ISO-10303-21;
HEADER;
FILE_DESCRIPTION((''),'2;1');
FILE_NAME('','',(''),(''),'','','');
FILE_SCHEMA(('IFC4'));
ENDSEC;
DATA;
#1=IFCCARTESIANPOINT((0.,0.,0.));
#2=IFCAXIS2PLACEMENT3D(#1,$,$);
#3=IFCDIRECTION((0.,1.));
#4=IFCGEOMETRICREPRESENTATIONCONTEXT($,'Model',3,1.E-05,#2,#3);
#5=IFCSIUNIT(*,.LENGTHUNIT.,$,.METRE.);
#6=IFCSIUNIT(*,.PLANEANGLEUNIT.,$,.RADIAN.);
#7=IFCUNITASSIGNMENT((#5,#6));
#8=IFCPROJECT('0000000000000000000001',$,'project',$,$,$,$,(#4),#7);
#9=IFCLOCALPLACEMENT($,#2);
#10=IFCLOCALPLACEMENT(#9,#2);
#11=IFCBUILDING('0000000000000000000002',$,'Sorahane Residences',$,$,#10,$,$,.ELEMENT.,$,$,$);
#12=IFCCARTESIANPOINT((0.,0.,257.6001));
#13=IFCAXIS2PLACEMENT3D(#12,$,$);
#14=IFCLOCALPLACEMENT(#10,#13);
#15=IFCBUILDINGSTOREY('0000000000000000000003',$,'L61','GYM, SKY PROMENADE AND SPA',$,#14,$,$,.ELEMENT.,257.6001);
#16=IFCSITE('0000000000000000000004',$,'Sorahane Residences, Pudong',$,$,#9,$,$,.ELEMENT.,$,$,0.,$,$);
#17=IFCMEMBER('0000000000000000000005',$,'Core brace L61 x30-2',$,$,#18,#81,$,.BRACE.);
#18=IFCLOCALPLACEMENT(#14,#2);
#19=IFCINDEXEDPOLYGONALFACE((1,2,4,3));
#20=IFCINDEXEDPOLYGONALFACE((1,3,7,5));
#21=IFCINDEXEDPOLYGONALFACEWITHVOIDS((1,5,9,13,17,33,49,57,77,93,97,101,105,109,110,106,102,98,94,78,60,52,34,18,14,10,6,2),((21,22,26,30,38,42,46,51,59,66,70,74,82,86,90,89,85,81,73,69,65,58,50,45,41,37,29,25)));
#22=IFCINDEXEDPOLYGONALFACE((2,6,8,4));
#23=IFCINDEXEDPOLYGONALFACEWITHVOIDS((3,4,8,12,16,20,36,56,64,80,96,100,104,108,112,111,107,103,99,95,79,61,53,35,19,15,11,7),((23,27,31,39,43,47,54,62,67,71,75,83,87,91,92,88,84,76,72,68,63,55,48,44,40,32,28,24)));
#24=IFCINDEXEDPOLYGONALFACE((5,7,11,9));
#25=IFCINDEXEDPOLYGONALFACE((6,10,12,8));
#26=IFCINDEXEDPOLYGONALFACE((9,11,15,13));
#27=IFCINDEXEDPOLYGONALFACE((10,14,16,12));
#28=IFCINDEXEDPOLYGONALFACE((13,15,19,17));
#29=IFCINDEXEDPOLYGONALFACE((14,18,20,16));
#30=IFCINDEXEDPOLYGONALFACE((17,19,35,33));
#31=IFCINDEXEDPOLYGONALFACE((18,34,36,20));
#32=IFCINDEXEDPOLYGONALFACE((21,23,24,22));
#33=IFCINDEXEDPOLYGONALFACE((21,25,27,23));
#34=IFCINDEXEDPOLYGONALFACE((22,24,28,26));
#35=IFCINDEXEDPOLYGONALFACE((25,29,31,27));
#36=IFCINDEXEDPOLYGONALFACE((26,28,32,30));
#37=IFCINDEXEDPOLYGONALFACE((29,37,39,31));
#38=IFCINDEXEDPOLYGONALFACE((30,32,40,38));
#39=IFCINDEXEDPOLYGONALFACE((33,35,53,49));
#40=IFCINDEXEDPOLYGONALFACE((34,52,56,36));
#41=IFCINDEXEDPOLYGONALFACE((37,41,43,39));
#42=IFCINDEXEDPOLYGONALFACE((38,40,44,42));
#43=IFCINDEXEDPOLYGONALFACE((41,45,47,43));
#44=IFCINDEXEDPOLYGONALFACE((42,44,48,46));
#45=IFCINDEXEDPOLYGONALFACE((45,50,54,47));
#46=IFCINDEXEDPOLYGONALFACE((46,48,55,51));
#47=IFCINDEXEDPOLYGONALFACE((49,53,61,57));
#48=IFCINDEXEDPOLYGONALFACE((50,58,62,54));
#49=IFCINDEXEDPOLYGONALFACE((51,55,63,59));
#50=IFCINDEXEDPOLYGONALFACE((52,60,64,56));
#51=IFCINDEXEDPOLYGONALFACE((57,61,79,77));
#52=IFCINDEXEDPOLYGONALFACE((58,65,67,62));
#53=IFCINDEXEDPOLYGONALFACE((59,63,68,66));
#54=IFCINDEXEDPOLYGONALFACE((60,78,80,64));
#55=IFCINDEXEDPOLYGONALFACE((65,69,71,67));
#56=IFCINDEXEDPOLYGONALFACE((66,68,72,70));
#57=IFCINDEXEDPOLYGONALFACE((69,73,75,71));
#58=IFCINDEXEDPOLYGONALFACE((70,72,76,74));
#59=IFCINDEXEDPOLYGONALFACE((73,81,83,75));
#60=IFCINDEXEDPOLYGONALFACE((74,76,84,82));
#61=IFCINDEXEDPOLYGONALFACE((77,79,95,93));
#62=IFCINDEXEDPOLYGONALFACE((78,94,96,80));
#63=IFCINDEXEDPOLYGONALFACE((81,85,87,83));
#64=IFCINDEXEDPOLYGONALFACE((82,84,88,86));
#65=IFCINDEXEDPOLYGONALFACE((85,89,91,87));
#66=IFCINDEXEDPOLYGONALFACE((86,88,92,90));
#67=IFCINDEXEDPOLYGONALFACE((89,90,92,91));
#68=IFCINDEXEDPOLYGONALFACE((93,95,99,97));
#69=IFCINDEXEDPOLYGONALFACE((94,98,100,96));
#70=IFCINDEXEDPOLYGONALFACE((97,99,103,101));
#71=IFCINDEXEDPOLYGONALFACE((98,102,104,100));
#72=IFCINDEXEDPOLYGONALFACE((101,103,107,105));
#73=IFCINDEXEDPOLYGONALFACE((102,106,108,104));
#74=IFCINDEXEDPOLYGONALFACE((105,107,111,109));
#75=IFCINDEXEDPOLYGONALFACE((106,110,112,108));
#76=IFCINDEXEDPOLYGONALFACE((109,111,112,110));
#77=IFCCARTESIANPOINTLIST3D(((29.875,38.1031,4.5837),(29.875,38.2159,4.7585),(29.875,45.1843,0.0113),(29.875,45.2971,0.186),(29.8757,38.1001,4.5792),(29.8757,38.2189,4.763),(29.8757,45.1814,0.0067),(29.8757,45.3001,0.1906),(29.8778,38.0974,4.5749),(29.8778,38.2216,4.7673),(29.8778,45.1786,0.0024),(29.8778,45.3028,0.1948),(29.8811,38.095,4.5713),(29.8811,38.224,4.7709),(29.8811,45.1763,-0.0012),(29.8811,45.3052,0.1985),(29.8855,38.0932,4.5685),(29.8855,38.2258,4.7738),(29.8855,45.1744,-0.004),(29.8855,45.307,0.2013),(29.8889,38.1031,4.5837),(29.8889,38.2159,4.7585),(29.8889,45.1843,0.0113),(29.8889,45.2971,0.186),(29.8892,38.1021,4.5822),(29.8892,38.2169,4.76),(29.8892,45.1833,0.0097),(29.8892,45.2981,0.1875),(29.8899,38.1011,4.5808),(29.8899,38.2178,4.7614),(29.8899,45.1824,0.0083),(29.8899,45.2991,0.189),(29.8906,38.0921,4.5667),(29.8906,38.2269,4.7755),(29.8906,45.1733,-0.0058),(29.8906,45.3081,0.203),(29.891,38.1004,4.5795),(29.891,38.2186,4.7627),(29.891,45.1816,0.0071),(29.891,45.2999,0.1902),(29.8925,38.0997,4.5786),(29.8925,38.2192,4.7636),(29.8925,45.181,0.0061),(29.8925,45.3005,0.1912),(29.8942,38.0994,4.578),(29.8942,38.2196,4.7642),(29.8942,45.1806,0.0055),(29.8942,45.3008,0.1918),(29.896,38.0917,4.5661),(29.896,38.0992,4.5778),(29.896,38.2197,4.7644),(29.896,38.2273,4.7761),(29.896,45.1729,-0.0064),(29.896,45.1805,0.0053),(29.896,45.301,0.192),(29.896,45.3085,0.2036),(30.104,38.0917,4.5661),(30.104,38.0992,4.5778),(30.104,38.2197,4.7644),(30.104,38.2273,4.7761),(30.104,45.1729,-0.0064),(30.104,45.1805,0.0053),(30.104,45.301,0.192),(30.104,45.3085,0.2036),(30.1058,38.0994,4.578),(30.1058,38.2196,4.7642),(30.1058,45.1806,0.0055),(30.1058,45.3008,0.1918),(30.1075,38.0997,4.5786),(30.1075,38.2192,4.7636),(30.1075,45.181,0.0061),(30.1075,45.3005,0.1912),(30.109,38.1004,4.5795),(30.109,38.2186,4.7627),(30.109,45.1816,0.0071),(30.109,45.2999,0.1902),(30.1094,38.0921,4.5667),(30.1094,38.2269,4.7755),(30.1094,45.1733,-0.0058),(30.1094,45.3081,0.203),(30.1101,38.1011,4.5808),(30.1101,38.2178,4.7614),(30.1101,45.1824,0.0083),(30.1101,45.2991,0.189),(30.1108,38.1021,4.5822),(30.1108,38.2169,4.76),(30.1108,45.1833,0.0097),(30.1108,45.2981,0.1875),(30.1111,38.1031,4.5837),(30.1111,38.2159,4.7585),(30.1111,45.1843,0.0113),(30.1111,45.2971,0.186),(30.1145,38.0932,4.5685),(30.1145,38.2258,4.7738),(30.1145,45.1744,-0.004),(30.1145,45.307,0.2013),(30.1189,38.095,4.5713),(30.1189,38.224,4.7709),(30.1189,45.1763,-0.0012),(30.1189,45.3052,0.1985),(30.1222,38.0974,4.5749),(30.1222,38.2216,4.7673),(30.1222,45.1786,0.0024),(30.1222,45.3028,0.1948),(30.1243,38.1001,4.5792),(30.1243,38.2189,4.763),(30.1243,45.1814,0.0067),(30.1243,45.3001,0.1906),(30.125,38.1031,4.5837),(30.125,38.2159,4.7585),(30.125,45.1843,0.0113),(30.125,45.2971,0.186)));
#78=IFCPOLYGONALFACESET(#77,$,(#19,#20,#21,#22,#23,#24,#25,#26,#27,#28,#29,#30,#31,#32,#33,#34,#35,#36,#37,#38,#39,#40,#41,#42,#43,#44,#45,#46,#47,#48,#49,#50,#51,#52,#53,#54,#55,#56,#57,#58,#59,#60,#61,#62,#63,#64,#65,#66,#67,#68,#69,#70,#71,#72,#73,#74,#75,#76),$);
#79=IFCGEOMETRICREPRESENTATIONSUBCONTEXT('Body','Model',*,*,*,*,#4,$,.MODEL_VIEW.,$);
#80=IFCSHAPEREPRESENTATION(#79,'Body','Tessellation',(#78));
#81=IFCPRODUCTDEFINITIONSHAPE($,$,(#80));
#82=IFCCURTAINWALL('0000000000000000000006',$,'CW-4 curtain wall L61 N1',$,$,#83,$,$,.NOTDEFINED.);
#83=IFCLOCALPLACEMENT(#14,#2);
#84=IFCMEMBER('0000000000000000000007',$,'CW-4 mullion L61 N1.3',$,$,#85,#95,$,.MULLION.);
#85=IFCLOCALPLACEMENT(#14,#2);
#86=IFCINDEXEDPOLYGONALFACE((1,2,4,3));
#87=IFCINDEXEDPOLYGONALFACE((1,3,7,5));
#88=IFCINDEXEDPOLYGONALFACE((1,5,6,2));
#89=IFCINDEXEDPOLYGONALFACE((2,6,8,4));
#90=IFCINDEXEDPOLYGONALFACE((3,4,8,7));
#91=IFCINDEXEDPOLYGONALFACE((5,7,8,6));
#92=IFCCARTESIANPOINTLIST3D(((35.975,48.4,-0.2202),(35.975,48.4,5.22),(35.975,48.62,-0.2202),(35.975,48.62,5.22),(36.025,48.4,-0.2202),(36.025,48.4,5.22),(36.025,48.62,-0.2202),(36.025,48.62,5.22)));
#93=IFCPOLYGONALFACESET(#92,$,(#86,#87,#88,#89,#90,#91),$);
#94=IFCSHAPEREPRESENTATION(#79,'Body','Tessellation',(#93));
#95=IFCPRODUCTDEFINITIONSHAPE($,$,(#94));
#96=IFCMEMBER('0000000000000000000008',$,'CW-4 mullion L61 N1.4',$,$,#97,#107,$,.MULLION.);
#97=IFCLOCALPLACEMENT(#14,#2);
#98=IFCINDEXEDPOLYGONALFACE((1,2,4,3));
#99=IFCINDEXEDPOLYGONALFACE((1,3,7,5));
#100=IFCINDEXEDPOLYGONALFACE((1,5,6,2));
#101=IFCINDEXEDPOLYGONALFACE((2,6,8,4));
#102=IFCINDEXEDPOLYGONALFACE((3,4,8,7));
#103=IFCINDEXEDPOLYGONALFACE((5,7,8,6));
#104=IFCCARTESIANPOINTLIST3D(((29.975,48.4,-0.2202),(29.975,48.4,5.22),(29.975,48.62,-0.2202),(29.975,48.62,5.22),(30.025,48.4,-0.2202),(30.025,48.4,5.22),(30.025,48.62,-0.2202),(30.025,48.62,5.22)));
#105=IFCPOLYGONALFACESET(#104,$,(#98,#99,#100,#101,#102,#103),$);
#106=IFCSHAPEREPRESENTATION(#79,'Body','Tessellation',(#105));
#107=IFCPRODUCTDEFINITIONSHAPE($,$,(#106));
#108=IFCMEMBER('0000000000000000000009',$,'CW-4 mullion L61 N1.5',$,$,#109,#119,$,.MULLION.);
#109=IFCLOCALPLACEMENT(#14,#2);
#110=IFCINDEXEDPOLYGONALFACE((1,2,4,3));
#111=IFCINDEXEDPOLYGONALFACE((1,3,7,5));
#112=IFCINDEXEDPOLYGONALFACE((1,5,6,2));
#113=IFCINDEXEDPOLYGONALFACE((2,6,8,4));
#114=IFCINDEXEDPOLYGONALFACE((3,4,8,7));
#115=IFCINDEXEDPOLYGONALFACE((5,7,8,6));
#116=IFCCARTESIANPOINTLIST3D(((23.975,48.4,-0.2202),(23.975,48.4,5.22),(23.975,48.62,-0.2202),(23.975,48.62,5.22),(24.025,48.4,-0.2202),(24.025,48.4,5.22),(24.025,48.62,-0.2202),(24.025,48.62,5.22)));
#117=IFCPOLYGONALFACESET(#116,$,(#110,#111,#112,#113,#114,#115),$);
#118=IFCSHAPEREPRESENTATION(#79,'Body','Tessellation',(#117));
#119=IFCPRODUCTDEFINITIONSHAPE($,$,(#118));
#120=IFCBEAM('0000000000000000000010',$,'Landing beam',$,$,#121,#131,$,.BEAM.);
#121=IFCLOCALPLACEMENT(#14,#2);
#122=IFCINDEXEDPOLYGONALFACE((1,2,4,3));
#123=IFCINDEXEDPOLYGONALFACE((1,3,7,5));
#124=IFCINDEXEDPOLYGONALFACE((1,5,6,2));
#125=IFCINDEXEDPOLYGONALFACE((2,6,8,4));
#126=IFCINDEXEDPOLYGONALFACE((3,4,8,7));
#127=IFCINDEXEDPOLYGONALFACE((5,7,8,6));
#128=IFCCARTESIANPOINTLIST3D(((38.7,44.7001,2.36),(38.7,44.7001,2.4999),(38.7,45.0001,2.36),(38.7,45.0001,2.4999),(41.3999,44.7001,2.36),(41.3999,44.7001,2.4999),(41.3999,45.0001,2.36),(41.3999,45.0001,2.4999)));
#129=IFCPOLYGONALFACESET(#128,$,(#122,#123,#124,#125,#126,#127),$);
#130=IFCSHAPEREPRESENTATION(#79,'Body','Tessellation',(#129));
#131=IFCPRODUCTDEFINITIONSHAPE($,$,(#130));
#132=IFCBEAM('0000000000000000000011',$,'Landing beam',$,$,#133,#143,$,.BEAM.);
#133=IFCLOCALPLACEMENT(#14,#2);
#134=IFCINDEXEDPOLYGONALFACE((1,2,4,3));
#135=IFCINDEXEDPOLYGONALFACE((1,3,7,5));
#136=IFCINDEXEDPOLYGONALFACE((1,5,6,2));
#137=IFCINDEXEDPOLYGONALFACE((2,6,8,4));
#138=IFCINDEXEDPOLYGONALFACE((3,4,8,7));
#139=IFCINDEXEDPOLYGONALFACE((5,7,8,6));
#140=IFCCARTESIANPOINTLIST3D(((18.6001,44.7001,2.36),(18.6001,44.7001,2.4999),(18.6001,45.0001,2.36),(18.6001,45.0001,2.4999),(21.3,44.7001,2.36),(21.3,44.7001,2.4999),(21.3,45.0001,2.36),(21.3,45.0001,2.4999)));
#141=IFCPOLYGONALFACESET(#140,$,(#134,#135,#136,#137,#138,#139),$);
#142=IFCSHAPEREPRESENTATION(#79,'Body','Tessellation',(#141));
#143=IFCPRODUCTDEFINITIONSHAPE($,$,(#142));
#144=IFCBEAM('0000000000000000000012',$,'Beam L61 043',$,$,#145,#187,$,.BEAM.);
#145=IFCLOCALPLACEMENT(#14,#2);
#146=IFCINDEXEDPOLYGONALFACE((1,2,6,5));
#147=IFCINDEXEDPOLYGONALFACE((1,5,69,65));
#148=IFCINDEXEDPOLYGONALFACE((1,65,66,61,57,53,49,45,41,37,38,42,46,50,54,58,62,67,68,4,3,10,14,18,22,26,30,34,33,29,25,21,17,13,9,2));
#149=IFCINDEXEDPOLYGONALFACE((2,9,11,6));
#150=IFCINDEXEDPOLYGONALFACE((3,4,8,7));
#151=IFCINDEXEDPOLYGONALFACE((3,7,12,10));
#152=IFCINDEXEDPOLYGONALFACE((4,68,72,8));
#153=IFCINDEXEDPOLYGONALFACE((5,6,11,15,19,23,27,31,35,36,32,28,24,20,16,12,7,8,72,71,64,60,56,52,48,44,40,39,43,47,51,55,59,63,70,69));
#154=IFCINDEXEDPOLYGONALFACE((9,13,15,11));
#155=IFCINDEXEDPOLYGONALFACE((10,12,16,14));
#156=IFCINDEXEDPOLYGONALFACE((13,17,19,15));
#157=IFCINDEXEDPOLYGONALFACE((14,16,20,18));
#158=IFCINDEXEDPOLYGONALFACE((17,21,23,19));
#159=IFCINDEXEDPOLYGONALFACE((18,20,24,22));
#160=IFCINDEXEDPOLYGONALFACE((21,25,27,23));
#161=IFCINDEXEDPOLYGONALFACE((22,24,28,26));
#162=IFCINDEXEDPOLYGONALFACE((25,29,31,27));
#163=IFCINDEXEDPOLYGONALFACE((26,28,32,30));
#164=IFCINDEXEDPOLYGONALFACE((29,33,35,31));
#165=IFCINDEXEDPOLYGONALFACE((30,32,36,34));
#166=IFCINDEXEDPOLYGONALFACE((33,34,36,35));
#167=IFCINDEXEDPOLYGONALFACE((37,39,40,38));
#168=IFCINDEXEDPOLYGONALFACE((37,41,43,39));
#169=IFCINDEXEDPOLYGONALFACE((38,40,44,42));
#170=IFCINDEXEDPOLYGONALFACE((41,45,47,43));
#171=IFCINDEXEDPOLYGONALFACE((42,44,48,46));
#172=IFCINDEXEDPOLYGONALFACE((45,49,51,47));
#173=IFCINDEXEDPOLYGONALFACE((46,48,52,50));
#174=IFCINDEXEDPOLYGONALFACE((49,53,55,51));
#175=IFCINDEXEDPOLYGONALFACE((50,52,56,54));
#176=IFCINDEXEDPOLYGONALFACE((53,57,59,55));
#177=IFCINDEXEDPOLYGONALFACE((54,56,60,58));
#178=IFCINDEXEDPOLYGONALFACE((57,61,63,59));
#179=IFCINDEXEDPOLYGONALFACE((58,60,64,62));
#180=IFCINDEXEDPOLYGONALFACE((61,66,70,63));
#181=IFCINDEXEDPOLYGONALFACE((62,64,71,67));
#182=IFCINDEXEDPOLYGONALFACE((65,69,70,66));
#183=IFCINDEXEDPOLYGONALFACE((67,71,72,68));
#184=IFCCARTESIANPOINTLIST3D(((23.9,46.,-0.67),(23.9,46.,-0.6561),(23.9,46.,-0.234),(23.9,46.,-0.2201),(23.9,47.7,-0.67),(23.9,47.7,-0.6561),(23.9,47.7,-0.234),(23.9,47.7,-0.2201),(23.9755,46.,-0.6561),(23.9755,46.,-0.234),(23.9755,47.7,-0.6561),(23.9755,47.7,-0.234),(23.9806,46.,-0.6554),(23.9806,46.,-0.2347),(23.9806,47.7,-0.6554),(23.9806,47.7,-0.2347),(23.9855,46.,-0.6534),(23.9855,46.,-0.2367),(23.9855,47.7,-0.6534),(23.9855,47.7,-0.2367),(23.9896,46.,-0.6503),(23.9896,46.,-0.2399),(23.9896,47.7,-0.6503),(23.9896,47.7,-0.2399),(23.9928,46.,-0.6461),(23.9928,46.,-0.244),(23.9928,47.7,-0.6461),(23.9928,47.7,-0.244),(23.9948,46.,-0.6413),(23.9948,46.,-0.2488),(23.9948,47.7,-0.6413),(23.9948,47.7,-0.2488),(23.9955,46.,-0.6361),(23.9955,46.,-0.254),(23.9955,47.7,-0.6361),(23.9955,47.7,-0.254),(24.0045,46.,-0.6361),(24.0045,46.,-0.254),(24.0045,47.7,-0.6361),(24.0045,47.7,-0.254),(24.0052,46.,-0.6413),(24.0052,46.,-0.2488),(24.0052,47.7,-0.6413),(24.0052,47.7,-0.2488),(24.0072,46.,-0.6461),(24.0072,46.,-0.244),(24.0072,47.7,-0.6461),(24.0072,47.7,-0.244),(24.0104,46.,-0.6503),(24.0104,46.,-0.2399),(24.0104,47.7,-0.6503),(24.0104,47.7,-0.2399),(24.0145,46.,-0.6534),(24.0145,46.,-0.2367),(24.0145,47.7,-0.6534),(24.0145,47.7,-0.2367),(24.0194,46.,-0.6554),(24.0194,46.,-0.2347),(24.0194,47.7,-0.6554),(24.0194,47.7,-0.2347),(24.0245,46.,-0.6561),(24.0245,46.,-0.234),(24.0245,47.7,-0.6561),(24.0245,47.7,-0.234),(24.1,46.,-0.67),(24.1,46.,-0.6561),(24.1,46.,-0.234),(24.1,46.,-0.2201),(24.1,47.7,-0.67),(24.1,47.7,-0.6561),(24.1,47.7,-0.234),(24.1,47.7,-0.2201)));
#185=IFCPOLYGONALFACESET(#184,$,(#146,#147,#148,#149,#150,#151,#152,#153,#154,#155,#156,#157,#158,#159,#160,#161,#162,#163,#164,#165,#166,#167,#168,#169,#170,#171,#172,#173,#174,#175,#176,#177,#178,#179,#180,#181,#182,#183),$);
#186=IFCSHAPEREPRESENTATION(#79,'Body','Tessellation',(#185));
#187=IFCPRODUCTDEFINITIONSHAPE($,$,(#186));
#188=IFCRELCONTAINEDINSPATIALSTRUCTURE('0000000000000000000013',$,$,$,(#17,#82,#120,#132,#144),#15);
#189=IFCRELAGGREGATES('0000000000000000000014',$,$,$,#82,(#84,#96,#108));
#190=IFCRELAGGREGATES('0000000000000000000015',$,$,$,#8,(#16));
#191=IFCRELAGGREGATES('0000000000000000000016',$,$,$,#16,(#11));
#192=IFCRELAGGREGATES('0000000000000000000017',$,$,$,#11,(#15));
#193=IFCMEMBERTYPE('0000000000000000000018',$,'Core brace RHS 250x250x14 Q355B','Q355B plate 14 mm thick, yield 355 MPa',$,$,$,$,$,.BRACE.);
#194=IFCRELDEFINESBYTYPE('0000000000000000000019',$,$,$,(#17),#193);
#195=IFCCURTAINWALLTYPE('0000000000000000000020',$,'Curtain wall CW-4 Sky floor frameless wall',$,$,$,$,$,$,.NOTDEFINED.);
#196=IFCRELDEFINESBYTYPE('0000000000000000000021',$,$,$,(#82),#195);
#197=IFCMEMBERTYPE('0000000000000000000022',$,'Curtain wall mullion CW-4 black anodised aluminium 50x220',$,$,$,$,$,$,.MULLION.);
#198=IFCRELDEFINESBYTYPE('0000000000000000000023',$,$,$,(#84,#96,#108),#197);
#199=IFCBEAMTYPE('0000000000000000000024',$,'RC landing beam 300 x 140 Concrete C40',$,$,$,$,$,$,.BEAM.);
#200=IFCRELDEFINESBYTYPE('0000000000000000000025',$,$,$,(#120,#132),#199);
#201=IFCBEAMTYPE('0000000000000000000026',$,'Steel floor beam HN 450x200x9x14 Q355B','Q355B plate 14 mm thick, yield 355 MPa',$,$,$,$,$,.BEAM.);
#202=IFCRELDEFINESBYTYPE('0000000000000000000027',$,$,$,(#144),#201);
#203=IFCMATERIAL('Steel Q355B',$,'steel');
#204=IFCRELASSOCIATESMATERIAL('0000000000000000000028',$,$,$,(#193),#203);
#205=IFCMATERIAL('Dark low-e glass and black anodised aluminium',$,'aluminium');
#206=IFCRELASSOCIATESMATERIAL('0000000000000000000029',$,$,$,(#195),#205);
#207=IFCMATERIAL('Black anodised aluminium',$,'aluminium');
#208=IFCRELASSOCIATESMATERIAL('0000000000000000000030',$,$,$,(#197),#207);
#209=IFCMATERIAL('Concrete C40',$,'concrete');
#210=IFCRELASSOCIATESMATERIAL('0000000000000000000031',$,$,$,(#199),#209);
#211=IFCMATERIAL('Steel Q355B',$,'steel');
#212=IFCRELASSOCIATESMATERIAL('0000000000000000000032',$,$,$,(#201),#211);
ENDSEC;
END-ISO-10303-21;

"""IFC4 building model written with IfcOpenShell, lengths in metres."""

from ifc_helpers import new_model, si_unit, direction, frame, origin, origin_2d, place, context, subcontext, project, spatial, rectangle, hollow_rectangle, i_section, extrude, material, material_profile, profile_set, type_object, element, aggregate, save


model = new_model("IFC4")

# Units and contexts
model_context = context("Model", 3, precision=1e-05, world=origin(), true_north=direction((0.0, 1.0)))
body_context = subcontext(model_context, "Body", "Model", "MODEL_VIEW")
ifc_project = project(units=[si_unit("LENGTHUNIT", "METRE"), si_unit("PLANEANGLEUNIT", "RADIAN")], contexts=[model_context])

# Site, building, storey
site_placement = place(None, origin())
site = spatial("IfcSite", under=ifc_project, at=site_placement, Name="Sorahane Residences, Pudong", CompositionType="ELEMENT", RefElevation=0.0)
building_placement = place(site_placement, origin())
building = spatial("IfcBuilding", under=site, at=building_placement, Name="Sorahane Residences", CompositionType="ELEMENT")
storey_placement = place(building_placement, frame((0.0, 0.0, 257.6001)))
storey = spatial("IfcBuildingStorey", under=building, at=storey_placement, Name="L61", Description="GYM, SKY PROMENADE AND SPA", CompositionType="ELEMENT", Elevation=257.6001)

# Member
ifc_material_1 = material(Name="Steel Q355B", Category="steel")
ifc_material_profile_1 = material_profile(ifc_material_1, hollow_rectangle(XDim=0.25, YDim=0.25, WallThickness=0.0139, InnerFilletRadius=0.0071, OuterFilletRadius=0.021, at=origin_2d()), Name="RHS 250x250x14")
ifc_profile_set_1 = profile_set([ifc_material_profile_1], Name="Steel Q355B")
member_type_1 = type_object("IfcMemberType", Name="Core brace RHS 250x250x14 Q355B", Description="Q355B plate 14 mm thick, yield 355 MPa", PredefinedType="BRACE", material=ifc_profile_set_1)
member_1_placement = place(storey_placement, frame((30.0, 45.2407, 0.0986), z_axis=(0.0, -0.840084, 0.542456), x_axis=(1.0, 0.0, 0.0)))
element("IfcMember", 1, at=member_1_placement, inside=storey, type_object=member_type_1, Name="Core brace L61 x30-2", PredefinedType="BRACE", context=body_context, shape_type="SweptSolid", body=[
    extrude(hollow_rectangle(XDim=0.25, YDim=0.25, WallThickness=0.0139, InnerFilletRadius=0.0071, OuterFilletRadius=0.021, at=origin_2d()), origin(), (0.0, 0.0, 1.0), 8.4292),
])

# Curtain wall, members
ifc_material_2 = material(Name="Dark low-e glass and black anodised aluminium", Category="aluminium")
curtain_wall_type = type_object("IfcCurtainWallType", Name="Curtain wall CW-4 Sky floor frameless wall", PredefinedType="NOTDEFINED", material=ifc_material_2)
curtain_wall_placement = place(storey_placement, origin())
curtain_wall = element("IfcCurtainWall", 2, at=curtain_wall_placement, inside=storey, type_object=curtain_wall_type, Name="CW-4 curtain wall L61 N1", PredefinedType="NOTDEFINED")
ifc_material_3 = material(Name="Black anodised aluminium", Category="aluminium")
ifc_material_profile_2 = material_profile(ifc_material_3, rectangle(XDim=0.22, YDim=0.05, at=origin_2d()), Name="Curtain wall mullion CW-4 black anodised aluminium 50x220")
ifc_profile_set_2 = profile_set([ifc_material_profile_2], Name="Black anodised aluminium")
member_type_2 = type_object("IfcMemberType", Name="Curtain wall mullion CW-4 black anodised aluminium 50x220", PredefinedType="MULLION", material=ifc_profile_set_2)
member_2_placement = place(storey_placement, frame((36.0, 48.51, -0.2202), z_axis=(0.0, 0.0, 1.0), x_axis=(0.0, 1.0, 0.0)))
member_2 = element("IfcMember", 3, at=member_2_placement, type_object=member_type_2, Name="CW-4 mullion L61 N1.3", PredefinedType="MULLION", context=body_context, shape_type="SweptSolid", body=[
    extrude(rectangle(XDim=0.22, YDim=0.05, at=origin_2d()), origin(), (0.0, 0.0, 1.0), 5.4402),
])
member_3_placement = place(storey_placement, frame((30.0, 48.51, -0.2202), z_axis=(0.0, 0.0, 1.0), x_axis=(0.0, 1.0, 0.0)))
member_3 = element("IfcMember", 4, at=member_3_placement, type_object=member_type_2, Name="CW-4 mullion L61 N1.4", PredefinedType="MULLION", context=body_context, shape_type="SweptSolid", body=[
    extrude(rectangle(XDim=0.22, YDim=0.05, at=origin_2d()), origin(), (0.0, 0.0, 1.0), 5.4402),
])
member_4_placement = place(storey_placement, frame((24.0, 48.51, -0.2202), z_axis=(0.0, 0.0, 1.0), x_axis=(0.0, 1.0, 0.0)))
member_4 = element("IfcMember", 5, at=member_4_placement, type_object=member_type_2, Name="CW-4 mullion L61 N1.5", PredefinedType="MULLION", context=body_context, shape_type="SweptSolid", body=[
    extrude(rectangle(XDim=0.22, YDim=0.05, at=origin_2d()), origin(), (0.0, 0.0, 1.0), 5.4402),
])

# Beams
ifc_material_4 = material(Name="Concrete C40", Category="concrete")
ifc_material_profile_3 = material_profile(ifc_material_4, rectangle(XDim=0.3, YDim=0.1399, at=origin_2d()), Name="300x140")
ifc_profile_set_3 = profile_set([ifc_material_profile_3], Name="Concrete C40")
beam_type_1 = type_object("IfcBeamType", Name="RC landing beam 300 x 140 Concrete C40", PredefinedType="BEAM", material=ifc_profile_set_3)
for number, where, z_axis, x_axis, name in (
    (6, (38.7, 44.8501, 2.4299), (1.0, 0.0, 0.0), (0.0, 1.0, 0.0), "Landing beam"),
    (7, (18.6001, 44.8501, 2.4299), (1.0, 0.0, 0.0), (0.0, 1.0, 0.0), "Landing beam"),
):
    element("IfcBeam", number, at=place(storey_placement, frame(where, z_axis=z_axis, x_axis=x_axis)), inside=storey, type_object=beam_type_1, Name=name, PredefinedType="BEAM", context=body_context, shape_type="SweptSolid", body=[
        extrude(rectangle(XDim=0.3, YDim=0.1399, at=origin_2d()), origin(), (0.0, 0.0, 1.0), 2.7),
    ])
ifc_material_5 = material(Name="Steel Q355B", Category="steel")
ifc_material_profile_4 = material_profile(ifc_material_5, i_section(OverallWidth=0.2, OverallDepth=0.45, WebThickness=0.009, FlangeThickness=0.0139, FilletRadius=0.02, at=origin_2d()), Name="HN 450x200x9x14")
ifc_profile_set_4 = profile_set([ifc_material_profile_4], Name="Steel Q355B")
beam_type_2 = type_object("IfcBeamType", Name="Steel floor beam HN 450x200x9x14 Q355B", Description="Q355B plate 14 mm thick, yield 355 MPa", PredefinedType="BEAM", material=ifc_profile_set_4)
beam_1_placement = place(storey_placement, frame((24.0, 46.0, -0.4451), z_axis=(0.0, 1.0, 0.0), x_axis=(-1.0, 0.0, 0.0)))
element("IfcBeam", 8, at=beam_1_placement, inside=storey, type_object=beam_type_2, Name="Beam L61 043", PredefinedType="BEAM", context=body_context, shape_type="SweptSolid", body=[
    extrude(i_section(OverallWidth=0.2, OverallDepth=0.45, WebThickness=0.009, FlangeThickness=0.0139, FilletRadius=0.02, at=origin_2d()), origin(), (0.0, 0.0, 1.0), 1.7),
])

aggregate(curtain_wall, [member_2, member_3, member_4])

save(model, "model.ifc")
